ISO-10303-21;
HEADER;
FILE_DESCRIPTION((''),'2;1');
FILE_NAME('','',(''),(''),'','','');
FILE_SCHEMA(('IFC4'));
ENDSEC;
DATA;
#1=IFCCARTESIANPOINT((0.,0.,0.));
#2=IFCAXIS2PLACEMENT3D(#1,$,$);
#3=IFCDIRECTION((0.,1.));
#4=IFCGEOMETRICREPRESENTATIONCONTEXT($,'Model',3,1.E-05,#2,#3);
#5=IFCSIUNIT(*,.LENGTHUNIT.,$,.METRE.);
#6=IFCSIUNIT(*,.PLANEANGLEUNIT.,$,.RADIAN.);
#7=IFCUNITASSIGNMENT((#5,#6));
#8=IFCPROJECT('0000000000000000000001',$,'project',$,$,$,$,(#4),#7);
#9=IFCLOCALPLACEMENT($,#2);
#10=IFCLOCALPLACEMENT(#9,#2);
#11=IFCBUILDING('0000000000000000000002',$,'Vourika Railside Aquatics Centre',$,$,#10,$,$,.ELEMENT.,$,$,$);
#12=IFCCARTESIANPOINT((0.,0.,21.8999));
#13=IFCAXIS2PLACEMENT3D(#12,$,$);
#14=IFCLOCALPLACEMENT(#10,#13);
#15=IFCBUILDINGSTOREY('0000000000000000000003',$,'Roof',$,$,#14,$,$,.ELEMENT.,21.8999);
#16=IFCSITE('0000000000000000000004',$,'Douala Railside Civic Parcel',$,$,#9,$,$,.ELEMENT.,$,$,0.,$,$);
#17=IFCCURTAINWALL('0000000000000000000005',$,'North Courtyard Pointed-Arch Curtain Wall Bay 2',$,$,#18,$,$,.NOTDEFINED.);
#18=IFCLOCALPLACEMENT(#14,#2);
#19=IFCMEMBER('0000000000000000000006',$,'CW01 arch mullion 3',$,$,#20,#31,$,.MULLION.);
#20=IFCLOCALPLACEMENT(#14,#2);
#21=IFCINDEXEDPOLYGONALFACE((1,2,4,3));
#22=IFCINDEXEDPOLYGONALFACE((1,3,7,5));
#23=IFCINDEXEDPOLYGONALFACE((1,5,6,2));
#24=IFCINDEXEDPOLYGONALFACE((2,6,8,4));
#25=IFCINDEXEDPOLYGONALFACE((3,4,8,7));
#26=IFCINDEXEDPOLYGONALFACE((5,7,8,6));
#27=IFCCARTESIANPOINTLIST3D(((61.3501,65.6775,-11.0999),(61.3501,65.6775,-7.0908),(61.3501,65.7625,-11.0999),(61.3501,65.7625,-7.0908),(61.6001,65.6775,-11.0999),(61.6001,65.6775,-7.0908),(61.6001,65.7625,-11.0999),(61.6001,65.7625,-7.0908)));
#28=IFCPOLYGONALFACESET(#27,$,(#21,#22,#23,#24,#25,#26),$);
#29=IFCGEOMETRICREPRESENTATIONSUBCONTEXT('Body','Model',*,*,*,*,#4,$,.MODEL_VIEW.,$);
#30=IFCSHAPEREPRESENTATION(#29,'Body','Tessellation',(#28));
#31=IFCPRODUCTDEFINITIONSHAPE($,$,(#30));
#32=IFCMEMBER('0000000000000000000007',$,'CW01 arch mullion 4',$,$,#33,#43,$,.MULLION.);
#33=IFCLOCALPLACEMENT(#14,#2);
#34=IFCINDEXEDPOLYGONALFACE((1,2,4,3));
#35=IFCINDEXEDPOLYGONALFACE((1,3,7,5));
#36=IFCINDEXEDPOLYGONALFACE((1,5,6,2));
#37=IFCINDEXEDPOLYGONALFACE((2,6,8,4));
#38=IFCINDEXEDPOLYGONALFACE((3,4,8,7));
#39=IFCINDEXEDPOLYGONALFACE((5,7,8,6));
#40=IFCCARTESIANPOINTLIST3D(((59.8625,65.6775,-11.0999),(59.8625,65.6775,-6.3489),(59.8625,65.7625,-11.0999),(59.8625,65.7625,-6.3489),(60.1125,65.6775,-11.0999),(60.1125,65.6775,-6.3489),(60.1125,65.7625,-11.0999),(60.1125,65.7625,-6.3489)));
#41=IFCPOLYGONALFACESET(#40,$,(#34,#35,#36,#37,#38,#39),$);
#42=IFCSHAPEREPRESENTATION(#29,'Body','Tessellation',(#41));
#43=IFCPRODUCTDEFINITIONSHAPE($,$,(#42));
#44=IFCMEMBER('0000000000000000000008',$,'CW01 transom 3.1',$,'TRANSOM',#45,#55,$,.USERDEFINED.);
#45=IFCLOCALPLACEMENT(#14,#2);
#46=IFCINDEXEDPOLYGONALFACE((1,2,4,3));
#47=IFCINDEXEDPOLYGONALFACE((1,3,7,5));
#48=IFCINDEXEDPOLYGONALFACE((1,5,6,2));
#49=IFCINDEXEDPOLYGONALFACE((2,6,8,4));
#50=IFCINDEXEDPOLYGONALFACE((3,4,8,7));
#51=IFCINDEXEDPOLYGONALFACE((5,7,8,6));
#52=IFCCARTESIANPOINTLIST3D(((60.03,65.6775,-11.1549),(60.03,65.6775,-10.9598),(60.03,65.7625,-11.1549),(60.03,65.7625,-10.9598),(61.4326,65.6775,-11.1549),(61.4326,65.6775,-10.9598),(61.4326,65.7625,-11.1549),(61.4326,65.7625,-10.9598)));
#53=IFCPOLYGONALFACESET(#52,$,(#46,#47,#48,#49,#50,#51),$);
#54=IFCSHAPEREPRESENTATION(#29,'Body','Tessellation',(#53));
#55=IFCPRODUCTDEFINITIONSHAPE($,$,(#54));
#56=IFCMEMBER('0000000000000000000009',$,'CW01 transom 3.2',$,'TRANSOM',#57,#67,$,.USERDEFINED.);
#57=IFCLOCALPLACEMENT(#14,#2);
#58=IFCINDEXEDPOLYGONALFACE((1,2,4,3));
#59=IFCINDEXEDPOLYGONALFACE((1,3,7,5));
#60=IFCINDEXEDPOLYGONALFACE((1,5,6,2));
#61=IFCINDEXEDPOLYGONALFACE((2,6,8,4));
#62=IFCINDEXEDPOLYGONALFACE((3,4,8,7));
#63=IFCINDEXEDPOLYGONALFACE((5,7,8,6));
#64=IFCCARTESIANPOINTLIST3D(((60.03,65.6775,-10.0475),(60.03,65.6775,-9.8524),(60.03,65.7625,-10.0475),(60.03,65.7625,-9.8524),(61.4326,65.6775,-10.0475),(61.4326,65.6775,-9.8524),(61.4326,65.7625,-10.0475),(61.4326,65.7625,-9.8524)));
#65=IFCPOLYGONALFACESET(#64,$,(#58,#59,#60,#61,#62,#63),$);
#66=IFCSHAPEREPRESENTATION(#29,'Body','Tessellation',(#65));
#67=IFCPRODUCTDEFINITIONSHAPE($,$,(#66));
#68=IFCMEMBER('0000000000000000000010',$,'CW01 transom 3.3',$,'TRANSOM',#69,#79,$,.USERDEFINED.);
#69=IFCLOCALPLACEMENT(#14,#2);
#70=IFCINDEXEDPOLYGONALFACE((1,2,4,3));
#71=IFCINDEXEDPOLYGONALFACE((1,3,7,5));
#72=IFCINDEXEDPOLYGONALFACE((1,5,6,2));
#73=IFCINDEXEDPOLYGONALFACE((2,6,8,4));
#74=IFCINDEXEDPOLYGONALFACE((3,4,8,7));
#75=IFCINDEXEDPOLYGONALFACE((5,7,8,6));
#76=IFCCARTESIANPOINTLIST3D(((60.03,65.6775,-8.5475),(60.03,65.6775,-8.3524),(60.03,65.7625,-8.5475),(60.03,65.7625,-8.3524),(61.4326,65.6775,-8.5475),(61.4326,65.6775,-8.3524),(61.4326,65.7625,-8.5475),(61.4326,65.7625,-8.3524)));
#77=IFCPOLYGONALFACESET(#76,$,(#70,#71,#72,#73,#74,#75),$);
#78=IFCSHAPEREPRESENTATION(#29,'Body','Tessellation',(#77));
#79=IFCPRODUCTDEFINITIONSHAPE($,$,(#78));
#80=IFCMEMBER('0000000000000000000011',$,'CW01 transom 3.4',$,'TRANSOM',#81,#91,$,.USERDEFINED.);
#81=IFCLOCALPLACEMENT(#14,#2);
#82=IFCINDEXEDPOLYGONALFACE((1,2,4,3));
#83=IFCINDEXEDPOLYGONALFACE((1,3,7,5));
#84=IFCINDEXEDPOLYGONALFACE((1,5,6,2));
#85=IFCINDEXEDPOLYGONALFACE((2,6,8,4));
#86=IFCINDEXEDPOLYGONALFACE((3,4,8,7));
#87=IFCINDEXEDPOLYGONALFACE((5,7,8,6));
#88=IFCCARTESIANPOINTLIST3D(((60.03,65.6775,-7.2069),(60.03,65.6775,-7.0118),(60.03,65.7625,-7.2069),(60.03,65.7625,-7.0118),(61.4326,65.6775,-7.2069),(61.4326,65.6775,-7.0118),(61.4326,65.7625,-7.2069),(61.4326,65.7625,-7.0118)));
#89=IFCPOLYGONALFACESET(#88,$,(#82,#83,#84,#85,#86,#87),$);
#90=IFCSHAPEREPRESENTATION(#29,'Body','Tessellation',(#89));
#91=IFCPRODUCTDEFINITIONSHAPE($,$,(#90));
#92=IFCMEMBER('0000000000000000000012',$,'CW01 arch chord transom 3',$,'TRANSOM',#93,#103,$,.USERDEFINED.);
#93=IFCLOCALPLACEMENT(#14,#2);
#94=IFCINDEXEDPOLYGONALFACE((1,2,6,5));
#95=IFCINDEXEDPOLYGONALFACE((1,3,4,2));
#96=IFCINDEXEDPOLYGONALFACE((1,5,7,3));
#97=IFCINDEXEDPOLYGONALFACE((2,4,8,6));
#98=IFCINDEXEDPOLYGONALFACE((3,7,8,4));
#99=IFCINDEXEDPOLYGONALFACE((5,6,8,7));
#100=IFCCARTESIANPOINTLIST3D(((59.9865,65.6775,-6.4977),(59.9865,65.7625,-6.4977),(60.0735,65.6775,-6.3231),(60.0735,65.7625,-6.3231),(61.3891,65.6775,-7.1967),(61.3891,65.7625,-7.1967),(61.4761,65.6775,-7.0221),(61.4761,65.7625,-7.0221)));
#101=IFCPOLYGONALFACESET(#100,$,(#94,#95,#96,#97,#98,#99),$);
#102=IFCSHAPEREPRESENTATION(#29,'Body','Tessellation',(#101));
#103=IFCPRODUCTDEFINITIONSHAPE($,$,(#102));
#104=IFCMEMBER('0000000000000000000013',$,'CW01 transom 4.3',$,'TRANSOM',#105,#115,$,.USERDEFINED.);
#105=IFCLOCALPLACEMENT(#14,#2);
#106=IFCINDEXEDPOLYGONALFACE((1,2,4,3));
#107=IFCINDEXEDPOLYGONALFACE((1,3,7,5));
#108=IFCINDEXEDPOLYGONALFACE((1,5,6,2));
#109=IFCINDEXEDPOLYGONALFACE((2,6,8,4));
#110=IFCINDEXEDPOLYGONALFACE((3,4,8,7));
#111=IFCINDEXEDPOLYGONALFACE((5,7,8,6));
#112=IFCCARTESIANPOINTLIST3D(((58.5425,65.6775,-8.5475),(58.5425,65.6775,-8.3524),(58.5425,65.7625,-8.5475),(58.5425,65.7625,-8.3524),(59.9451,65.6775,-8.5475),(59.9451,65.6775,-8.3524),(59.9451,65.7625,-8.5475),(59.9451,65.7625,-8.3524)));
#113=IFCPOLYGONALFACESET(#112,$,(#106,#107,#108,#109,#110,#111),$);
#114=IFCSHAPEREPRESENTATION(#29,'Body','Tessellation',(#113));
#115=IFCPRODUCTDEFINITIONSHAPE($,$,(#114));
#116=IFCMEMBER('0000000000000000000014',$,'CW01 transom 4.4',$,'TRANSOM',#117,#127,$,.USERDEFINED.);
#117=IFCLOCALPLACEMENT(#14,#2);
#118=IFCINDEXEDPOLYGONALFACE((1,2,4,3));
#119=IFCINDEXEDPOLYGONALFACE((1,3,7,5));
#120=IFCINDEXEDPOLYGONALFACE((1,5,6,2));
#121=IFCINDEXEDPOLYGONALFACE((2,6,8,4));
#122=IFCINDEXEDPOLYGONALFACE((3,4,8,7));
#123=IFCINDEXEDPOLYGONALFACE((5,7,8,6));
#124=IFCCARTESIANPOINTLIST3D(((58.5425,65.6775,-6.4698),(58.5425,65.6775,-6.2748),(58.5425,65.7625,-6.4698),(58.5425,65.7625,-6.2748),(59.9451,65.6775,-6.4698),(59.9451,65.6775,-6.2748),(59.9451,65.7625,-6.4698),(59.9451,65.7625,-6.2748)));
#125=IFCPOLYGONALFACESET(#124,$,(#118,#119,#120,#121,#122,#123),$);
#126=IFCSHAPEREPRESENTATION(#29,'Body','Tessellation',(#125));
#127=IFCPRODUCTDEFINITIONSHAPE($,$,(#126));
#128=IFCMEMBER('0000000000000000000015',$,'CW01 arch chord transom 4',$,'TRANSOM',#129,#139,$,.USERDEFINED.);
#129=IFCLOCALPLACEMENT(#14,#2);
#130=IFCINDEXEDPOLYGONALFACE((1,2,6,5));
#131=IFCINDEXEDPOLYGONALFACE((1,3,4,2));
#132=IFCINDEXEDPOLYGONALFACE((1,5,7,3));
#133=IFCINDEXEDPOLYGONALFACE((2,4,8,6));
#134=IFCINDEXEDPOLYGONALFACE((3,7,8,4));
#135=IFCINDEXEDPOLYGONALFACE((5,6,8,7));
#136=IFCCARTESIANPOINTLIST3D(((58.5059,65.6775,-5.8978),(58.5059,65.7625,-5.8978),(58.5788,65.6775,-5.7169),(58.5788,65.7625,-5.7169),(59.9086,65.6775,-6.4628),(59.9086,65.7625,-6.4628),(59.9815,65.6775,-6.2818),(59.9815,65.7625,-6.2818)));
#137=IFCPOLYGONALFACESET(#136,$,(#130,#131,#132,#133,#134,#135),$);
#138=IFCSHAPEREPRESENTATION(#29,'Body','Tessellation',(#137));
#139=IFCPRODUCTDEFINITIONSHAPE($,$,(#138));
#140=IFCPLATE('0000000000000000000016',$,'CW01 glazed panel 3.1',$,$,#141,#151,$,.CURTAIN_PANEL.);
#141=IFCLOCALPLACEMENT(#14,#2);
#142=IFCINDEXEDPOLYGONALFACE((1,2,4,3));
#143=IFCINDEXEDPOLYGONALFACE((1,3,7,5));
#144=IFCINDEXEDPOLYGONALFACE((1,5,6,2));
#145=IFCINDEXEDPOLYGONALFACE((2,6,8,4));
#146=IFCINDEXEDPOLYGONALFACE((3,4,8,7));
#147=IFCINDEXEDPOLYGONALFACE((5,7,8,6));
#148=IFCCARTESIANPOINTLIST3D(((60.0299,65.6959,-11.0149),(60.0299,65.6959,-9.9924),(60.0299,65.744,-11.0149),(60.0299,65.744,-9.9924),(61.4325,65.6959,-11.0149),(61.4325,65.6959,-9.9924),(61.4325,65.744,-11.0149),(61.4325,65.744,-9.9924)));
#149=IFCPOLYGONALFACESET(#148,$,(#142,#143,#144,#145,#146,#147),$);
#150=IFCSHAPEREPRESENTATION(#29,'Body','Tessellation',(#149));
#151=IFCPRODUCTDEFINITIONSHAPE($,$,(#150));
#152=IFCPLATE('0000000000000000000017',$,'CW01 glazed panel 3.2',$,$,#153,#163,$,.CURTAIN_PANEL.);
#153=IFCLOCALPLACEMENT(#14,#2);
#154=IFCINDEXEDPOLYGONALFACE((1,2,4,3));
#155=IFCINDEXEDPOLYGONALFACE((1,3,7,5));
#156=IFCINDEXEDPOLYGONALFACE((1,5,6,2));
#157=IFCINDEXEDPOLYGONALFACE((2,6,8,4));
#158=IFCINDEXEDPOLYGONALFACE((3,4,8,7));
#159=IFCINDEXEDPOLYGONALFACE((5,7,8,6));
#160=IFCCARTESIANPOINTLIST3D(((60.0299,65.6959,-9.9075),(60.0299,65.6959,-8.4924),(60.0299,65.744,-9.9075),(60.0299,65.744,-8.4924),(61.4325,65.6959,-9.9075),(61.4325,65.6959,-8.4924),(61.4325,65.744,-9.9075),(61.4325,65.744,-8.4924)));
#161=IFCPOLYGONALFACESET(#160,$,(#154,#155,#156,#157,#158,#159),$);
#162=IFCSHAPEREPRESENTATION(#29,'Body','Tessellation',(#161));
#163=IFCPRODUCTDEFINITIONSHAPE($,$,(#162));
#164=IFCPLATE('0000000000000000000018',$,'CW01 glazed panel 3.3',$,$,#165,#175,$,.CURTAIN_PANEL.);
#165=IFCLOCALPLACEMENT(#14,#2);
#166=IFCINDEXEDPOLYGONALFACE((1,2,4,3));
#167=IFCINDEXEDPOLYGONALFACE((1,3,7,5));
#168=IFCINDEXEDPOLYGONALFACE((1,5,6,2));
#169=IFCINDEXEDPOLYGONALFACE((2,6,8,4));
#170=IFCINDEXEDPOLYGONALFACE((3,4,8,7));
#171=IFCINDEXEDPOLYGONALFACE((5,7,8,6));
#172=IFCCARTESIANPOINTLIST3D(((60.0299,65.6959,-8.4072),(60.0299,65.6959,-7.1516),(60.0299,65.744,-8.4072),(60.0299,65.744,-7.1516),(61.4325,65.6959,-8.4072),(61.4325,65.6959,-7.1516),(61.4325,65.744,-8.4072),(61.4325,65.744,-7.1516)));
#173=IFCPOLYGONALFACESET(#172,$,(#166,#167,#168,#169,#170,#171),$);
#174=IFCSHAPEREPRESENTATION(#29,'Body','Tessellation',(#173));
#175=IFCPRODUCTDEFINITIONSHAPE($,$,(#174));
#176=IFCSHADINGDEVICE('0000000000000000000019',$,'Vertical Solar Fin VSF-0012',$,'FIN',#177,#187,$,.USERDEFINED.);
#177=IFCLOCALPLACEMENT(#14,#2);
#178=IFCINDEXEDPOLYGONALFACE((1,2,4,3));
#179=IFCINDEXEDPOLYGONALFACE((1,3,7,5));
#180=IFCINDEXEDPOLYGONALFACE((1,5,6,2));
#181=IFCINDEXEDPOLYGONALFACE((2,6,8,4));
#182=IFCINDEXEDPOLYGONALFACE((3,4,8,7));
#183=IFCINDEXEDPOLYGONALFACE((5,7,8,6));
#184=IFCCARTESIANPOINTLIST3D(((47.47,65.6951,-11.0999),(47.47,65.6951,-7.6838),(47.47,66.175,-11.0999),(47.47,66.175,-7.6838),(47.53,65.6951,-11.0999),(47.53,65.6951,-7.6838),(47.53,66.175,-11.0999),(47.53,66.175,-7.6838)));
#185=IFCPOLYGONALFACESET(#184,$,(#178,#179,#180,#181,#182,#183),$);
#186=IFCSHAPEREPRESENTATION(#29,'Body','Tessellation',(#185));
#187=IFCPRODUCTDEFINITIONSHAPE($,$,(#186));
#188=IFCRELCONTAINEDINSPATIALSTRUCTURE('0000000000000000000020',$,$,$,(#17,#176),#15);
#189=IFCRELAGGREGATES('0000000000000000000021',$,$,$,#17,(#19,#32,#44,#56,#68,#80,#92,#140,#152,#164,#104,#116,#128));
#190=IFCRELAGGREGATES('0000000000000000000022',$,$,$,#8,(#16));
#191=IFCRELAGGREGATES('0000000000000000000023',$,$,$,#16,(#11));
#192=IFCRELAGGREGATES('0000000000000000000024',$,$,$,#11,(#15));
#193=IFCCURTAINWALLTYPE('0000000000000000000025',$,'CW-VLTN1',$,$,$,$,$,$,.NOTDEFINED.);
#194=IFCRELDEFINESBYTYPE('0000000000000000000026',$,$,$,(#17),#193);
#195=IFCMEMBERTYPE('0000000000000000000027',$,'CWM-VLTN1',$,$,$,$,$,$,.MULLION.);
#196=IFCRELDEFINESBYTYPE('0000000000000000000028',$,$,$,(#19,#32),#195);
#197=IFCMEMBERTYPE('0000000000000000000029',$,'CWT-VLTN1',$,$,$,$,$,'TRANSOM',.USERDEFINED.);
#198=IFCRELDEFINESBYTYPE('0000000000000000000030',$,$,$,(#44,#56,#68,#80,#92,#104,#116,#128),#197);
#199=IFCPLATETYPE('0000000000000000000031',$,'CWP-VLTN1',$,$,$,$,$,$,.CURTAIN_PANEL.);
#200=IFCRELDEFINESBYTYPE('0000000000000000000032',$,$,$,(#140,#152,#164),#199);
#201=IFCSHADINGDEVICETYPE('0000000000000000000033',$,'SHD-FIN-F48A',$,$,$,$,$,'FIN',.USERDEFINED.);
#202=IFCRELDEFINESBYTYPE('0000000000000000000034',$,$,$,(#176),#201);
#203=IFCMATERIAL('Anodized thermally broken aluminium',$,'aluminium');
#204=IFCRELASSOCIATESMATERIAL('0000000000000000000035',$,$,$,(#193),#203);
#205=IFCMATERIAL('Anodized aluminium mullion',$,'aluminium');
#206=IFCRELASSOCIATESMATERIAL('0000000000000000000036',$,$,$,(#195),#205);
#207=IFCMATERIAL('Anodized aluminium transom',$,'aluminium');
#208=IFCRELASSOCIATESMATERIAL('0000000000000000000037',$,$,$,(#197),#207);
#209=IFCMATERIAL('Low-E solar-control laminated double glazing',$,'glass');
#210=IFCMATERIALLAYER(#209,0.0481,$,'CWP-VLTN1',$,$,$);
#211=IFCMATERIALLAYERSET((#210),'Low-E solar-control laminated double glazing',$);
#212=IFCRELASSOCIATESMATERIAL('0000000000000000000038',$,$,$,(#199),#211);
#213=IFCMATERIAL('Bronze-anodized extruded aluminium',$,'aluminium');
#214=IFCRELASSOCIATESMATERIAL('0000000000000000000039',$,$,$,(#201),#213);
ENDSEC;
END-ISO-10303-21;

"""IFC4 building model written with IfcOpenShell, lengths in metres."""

from ifc_helpers import new_model, si_unit, direction, frame, origin, origin_2d, place, context, subcontext, project, spatial, rectangle, extrude, material, layer, layer_set, material_profile, profile_set, type_object, element, aggregate, save


model = new_model("IFC4")

# Units and contexts
model_context = context("Model", 3, precision=1e-05, world=origin(), true_north=direction((0.0, 1.0)))
body_context = subcontext(model_context, "Body", "Model", "MODEL_VIEW")
ifc_project = project(units=[si_unit("LENGTHUNIT", "METRE"), si_unit("PLANEANGLEUNIT", "RADIAN")], contexts=[model_context])

# Site, building, storey
site_placement = place(None, origin())
site = spatial("IfcSite", under=ifc_project, at=site_placement, Name="Douala Railside Civic Parcel", CompositionType="ELEMENT", RefElevation=0.0)
building_placement = place(site_placement, origin())
building = spatial("IfcBuilding", under=site, at=building_placement, Name="Vourika Railside Aquatics Centre", CompositionType="ELEMENT")
storey_placement = place(building_placement, frame((0.0, 0.0, 21.8999)))
storey = spatial("IfcBuildingStorey", under=building, at=storey_placement, Name="Roof", CompositionType="ELEMENT", Elevation=21.8999)

# Curtain wall, members, plates
ifc_material_1 = material(Name="Anodized thermally broken aluminium", Category="aluminium")
curtain_wall_type = type_object("IfcCurtainWallType", Name="CW-VLTN1", PredefinedType="NOTDEFINED", material=ifc_material_1)
curtain_wall_placement = place(storey_placement, origin())
curtain_wall = element("IfcCurtainWall", 1, at=curtain_wall_placement, inside=storey, type_object=curtain_wall_type, Name="North Courtyard Pointed-Arch Curtain Wall Bay 2", PredefinedType="NOTDEFINED")
ifc_material_2 = material(Name="Anodized aluminium mullion", Category="aluminium")
ifc_material_profile_1 = material_profile(ifc_material_2, rectangle(XDim=0.085, YDim=0.25, at=origin_2d()), Name="ALU-M 85x250")
ifc_profile_set_1 = profile_set([ifc_material_profile_1], Name="Anodized aluminium mullion")
member_type_1 = type_object("IfcMemberType", Name="CWM-VLTN1", PredefinedType="MULLION", material=ifc_profile_set_1)
member_1_placement = place(storey_placement, frame((61.4751, 65.72, -11.0999), z_axis=(0.0, 0.0, 1.0), x_axis=(0.0, -1.0, 0.0)))
member_1 = element("IfcMember", 2, at=member_1_placement, type_object=member_type_1, Name="CW01 arch mullion 3", PredefinedType="MULLION", context=body_context, shape_type="SweptSolid", body=[
    extrude(rectangle(XDim=0.085, YDim=0.25, at=origin_2d()), origin(), (0.0, 0.0, 1.0), 4.009),
])
member_2_placement = place(storey_placement, frame((59.9875, 65.72, -11.0999), z_axis=(0.0, 0.0, 1.0), x_axis=(0.0, -1.0, 0.0)))
member_2 = element("IfcMember", 3, at=member_2_placement, type_object=member_type_1, Name="CW01 arch mullion 4", PredefinedType="MULLION", context=body_context, shape_type="SweptSolid", body=[
    extrude(rectangle(XDim=0.085, YDim=0.25, at=origin_2d()), origin(), (0.0, 0.0, 1.0), 4.751),
])
ifc_material_3 = material(Name="Anodized aluminium transom", Category="aluminium")
ifc_material_profile_2 = material_profile(ifc_material_3, rectangle(XDim=0.085, YDim=0.1951, at=origin_2d()), Name="ALU-T 85x195")
ifc_profile_set_2 = profile_set([ifc_material_profile_2], Name="Anodized aluminium transom")
member_type_2 = type_object("IfcMemberType", Name="CWT-VLTN1", ElementType="TRANSOM", PredefinedType="USERDEFINED", material=ifc_profile_set_2)
member_3_placement = place(storey_placement, frame((61.4326, 65.72, -11.0574), z_axis=(-1.0, 0.0, 0.0), x_axis=(0.0, -1.0, 0.0)))
member_3 = element("IfcMember", 4, at=member_3_placement, type_object=member_type_2, Name="CW01 transom 3.1", ObjectType="TRANSOM", PredefinedType="USERDEFINED", context=body_context, shape_type="SweptSolid", body=[
    extrude(rectangle(XDim=0.085, YDim=0.1951, at=origin_2d()), origin(), (0.0, 0.0, 1.0), 1.4026),
])
member_4_placement = place(storey_placement, frame((61.4326, 65.72, -9.95), z_axis=(-1.0, 0.0, 0.0), x_axis=(0.0, -1.0, 0.0)))
member_4 = element("IfcMember", 5, at=member_4_placement, type_object=member_type_2, Name="CW01 transom 3.2", ObjectType="TRANSOM", PredefinedType="USERDEFINED", context=body_context, shape_type="SweptSolid", body=[
    extrude(rectangle(XDim=0.085, YDim=0.1951, at=origin_2d()), origin(), (0.0, 0.0, 1.0), 1.4026),
])
member_5_placement = place(storey_placement, frame((61.4326, 65.72, -8.45), z_axis=(-1.0, 0.0, 0.0), x_axis=(0.0, -1.0, 0.0)))
member_5 = element("IfcMember", 6, at=member_5_placement, type_object=member_type_2, Name="CW01 transom 3.3", ObjectType="TRANSOM", PredefinedType="USERDEFINED", context=body_context, shape_type="SweptSolid", body=[
    extrude(rectangle(XDim=0.085, YDim=0.1951, at=origin_2d()), origin(), (0.0, 0.0, 1.0), 1.4026),
])
member_6_placement = place(storey_placement, frame((61.4326, 65.72, -7.1094), z_axis=(-1.0, 0.0, 0.0), x_axis=(0.0, -1.0, 0.0)))
member_6 = element("IfcMember", 7, at=member_6_placement, type_object=member_type_2, Name="CW01 transom 3.4", ObjectType="TRANSOM", PredefinedType="USERDEFINED", context=body_context, shape_type="SweptSolid", body=[
    extrude(rectangle(XDim=0.085, YDim=0.1951, at=origin_2d()), origin(), (0.0, 0.0, 1.0), 1.4026),
])
member_7_placement = place(storey_placement, frame((61.4326, 65.72, -7.1094), z_axis=(-0.895018, 0.0, 0.446029), x_axis=(0.0, -1.0, 0.0)))
member_7 = element("IfcMember", 8, at=member_7_placement, type_object=member_type_2, Name="CW01 arch chord transom 3", ObjectType="TRANSOM", PredefinedType="USERDEFINED", context=body_context, shape_type="SweptSolid", body=[
    extrude(rectangle(XDim=0.085, YDim=0.1951, at=origin_2d()), origin(), (0.0, 0.0, 1.0), 1.5671),
])
member_8_placement = place(storey_placement, frame((59.9451, 65.72, -8.45), z_axis=(-1.0, 0.0, 0.0), x_axis=(0.0, -1.0, 0.0)))
member_8 = element("IfcMember", 9, at=member_8_placement, type_object=member_type_2, Name="CW01 transom 4.3", ObjectType="TRANSOM", PredefinedType="USERDEFINED", context=body_context, shape_type="SweptSolid", body=[
    extrude(rectangle(XDim=0.085, YDim=0.1951, at=origin_2d()), origin(), (0.0, 0.0, 1.0), 1.4026),
])
member_9_placement = place(storey_placement, frame((59.9451, 65.72, -6.3723), z_axis=(-1.0, 0.0, 0.0), x_axis=(0.0, -1.0, 0.0)))
member_9 = element("IfcMember", 10, at=member_9_placement, type_object=member_type_2, Name="CW01 transom 4.4", ObjectType="TRANSOM", PredefinedType="USERDEFINED", context=body_context, shape_type="SweptSolid", body=[
    extrude(rectangle(XDim=0.085, YDim=0.1951, at=origin_2d()), origin(), (0.0, 0.0, 1.0), 1.4026),
])
member_10_placement = place(storey_placement, frame((59.9451, 65.72, -6.3723), z_axis=(-0.927583, 0.0, 0.373617), x_axis=(0.0, -1.0, 0.0)))
member_10 = element("IfcMember", 11, at=member_10_placement, type_object=member_type_2, Name="CW01 arch chord transom 4", ObjectType="TRANSOM", PredefinedType="USERDEFINED", context=body_context, shape_type="SweptSolid", body=[
    extrude(rectangle(XDim=0.085, YDim=0.1951, at=origin_2d()), origin(), (0.0, 0.0, 1.0), 1.5122),
])
ifc_material_4 = material(Name="Low-E solar-control laminated double glazing", Category="glass")
ifc_layer = layer(ifc_material_4, 0.0481, Name="CWP-VLTN1")
ifc_layer_set = layer_set([ifc_layer], Name="Low-E solar-control laminated double glazing")
plate_type = type_object("IfcPlateType", Name="CWP-VLTN1", PredefinedType="CURTAIN_PANEL", material=ifc_layer_set)
plate_1_placement = place(storey_placement, frame((60.7312, 65.72, -11.0149), z_axis=(0.0, 0.0, 1.0), x_axis=(-1.0, 0.0, 0.0)))
plate_1 = element("IfcPlate", 12, at=plate_1_placement, type_object=plate_type, Name="CW01 glazed panel 3.1", PredefinedType="CURTAIN_PANEL", context=body_context, shape_type="SweptSolid", body=[
    extrude(rectangle(XDim=1.4026, YDim=0.0481, at=origin_2d()), origin(), (0.0, 0.0, 1.0), 1.0225),
])
plate_2_placement = place(storey_placement, frame((60.7312, 65.72, -9.9075), z_axis=(0.0, 0.0, 1.0), x_axis=(-1.0, 0.0, 0.0)))
plate_2 = element("IfcPlate", 13, at=plate_2_placement, type_object=plate_type, Name="CW01 glazed panel 3.2", PredefinedType="CURTAIN_PANEL", context=body_context, shape_type="SweptSolid", body=[
    extrude(rectangle(XDim=1.4026, YDim=0.0481, at=origin_2d()), origin(), (0.0, 0.0, 1.0), 1.415),
])
plate_3_placement = place(storey_placement, frame((60.7312, 65.72, -8.4072), z_axis=(0.0, 0.0, 1.0), x_axis=(-1.0, 0.0, 0.0)))
plate_3 = element("IfcPlate", 14, at=plate_3_placement, type_object=plate_type, Name="CW01 glazed panel 3.3", PredefinedType="CURTAIN_PANEL", context=body_context, shape_type="SweptSolid", body=[
    extrude(rectangle(XDim=1.4026, YDim=0.0481, at=origin_2d()), origin(), (0.0, 0.0, 1.0), 1.2556),
])
aggregate(curtain_wall, [member_1, member_2, member_3, member_4, member_5, member_6, member_7, plate_1, plate_2, plate_3, member_8, member_9, member_10])

# Shading device
ifc_material_5 = material(Name="Bronze-anodized extruded aluminium", Category="aluminium")
ifc_material_profile_3 = material_profile(ifc_material_5, rectangle(XDim=0.0601, YDim=0.48, at=origin_2d()), Name="ALU-FIN 60x480")
ifc_profile_set_3 = profile_set([ifc_material_profile_3], Name="Bronze-anodized extruded aluminium")
shading_device_type_1 = type_object("IfcShadingDeviceType", Name="SHD-FIN-F48A", ElementType="FIN", PredefinedType="USERDEFINED", material=ifc_profile_set_3)
shading_device_1_placement = place(storey_placement, frame((47.5, 65.9351, -11.0999), z_axis=(0.0, 0.0, 1.0), x_axis=(1.0, 0.0, 0.0)))
element("IfcShadingDevice", 15, at=shading_device_1_placement, inside=storey, type_object=shading_device_type_1, Name="Vertical Solar Fin VSF-0012", ObjectType="FIN", PredefinedType="USERDEFINED", context=body_context, shape_type="SweptSolid", body=[
    extrude(rectangle(XDim=0.0601, YDim=0.48, at=origin_2d()), origin(), (0.0, 0.0, 1.0), 3.416),
])

save(model, "model.ifc")
